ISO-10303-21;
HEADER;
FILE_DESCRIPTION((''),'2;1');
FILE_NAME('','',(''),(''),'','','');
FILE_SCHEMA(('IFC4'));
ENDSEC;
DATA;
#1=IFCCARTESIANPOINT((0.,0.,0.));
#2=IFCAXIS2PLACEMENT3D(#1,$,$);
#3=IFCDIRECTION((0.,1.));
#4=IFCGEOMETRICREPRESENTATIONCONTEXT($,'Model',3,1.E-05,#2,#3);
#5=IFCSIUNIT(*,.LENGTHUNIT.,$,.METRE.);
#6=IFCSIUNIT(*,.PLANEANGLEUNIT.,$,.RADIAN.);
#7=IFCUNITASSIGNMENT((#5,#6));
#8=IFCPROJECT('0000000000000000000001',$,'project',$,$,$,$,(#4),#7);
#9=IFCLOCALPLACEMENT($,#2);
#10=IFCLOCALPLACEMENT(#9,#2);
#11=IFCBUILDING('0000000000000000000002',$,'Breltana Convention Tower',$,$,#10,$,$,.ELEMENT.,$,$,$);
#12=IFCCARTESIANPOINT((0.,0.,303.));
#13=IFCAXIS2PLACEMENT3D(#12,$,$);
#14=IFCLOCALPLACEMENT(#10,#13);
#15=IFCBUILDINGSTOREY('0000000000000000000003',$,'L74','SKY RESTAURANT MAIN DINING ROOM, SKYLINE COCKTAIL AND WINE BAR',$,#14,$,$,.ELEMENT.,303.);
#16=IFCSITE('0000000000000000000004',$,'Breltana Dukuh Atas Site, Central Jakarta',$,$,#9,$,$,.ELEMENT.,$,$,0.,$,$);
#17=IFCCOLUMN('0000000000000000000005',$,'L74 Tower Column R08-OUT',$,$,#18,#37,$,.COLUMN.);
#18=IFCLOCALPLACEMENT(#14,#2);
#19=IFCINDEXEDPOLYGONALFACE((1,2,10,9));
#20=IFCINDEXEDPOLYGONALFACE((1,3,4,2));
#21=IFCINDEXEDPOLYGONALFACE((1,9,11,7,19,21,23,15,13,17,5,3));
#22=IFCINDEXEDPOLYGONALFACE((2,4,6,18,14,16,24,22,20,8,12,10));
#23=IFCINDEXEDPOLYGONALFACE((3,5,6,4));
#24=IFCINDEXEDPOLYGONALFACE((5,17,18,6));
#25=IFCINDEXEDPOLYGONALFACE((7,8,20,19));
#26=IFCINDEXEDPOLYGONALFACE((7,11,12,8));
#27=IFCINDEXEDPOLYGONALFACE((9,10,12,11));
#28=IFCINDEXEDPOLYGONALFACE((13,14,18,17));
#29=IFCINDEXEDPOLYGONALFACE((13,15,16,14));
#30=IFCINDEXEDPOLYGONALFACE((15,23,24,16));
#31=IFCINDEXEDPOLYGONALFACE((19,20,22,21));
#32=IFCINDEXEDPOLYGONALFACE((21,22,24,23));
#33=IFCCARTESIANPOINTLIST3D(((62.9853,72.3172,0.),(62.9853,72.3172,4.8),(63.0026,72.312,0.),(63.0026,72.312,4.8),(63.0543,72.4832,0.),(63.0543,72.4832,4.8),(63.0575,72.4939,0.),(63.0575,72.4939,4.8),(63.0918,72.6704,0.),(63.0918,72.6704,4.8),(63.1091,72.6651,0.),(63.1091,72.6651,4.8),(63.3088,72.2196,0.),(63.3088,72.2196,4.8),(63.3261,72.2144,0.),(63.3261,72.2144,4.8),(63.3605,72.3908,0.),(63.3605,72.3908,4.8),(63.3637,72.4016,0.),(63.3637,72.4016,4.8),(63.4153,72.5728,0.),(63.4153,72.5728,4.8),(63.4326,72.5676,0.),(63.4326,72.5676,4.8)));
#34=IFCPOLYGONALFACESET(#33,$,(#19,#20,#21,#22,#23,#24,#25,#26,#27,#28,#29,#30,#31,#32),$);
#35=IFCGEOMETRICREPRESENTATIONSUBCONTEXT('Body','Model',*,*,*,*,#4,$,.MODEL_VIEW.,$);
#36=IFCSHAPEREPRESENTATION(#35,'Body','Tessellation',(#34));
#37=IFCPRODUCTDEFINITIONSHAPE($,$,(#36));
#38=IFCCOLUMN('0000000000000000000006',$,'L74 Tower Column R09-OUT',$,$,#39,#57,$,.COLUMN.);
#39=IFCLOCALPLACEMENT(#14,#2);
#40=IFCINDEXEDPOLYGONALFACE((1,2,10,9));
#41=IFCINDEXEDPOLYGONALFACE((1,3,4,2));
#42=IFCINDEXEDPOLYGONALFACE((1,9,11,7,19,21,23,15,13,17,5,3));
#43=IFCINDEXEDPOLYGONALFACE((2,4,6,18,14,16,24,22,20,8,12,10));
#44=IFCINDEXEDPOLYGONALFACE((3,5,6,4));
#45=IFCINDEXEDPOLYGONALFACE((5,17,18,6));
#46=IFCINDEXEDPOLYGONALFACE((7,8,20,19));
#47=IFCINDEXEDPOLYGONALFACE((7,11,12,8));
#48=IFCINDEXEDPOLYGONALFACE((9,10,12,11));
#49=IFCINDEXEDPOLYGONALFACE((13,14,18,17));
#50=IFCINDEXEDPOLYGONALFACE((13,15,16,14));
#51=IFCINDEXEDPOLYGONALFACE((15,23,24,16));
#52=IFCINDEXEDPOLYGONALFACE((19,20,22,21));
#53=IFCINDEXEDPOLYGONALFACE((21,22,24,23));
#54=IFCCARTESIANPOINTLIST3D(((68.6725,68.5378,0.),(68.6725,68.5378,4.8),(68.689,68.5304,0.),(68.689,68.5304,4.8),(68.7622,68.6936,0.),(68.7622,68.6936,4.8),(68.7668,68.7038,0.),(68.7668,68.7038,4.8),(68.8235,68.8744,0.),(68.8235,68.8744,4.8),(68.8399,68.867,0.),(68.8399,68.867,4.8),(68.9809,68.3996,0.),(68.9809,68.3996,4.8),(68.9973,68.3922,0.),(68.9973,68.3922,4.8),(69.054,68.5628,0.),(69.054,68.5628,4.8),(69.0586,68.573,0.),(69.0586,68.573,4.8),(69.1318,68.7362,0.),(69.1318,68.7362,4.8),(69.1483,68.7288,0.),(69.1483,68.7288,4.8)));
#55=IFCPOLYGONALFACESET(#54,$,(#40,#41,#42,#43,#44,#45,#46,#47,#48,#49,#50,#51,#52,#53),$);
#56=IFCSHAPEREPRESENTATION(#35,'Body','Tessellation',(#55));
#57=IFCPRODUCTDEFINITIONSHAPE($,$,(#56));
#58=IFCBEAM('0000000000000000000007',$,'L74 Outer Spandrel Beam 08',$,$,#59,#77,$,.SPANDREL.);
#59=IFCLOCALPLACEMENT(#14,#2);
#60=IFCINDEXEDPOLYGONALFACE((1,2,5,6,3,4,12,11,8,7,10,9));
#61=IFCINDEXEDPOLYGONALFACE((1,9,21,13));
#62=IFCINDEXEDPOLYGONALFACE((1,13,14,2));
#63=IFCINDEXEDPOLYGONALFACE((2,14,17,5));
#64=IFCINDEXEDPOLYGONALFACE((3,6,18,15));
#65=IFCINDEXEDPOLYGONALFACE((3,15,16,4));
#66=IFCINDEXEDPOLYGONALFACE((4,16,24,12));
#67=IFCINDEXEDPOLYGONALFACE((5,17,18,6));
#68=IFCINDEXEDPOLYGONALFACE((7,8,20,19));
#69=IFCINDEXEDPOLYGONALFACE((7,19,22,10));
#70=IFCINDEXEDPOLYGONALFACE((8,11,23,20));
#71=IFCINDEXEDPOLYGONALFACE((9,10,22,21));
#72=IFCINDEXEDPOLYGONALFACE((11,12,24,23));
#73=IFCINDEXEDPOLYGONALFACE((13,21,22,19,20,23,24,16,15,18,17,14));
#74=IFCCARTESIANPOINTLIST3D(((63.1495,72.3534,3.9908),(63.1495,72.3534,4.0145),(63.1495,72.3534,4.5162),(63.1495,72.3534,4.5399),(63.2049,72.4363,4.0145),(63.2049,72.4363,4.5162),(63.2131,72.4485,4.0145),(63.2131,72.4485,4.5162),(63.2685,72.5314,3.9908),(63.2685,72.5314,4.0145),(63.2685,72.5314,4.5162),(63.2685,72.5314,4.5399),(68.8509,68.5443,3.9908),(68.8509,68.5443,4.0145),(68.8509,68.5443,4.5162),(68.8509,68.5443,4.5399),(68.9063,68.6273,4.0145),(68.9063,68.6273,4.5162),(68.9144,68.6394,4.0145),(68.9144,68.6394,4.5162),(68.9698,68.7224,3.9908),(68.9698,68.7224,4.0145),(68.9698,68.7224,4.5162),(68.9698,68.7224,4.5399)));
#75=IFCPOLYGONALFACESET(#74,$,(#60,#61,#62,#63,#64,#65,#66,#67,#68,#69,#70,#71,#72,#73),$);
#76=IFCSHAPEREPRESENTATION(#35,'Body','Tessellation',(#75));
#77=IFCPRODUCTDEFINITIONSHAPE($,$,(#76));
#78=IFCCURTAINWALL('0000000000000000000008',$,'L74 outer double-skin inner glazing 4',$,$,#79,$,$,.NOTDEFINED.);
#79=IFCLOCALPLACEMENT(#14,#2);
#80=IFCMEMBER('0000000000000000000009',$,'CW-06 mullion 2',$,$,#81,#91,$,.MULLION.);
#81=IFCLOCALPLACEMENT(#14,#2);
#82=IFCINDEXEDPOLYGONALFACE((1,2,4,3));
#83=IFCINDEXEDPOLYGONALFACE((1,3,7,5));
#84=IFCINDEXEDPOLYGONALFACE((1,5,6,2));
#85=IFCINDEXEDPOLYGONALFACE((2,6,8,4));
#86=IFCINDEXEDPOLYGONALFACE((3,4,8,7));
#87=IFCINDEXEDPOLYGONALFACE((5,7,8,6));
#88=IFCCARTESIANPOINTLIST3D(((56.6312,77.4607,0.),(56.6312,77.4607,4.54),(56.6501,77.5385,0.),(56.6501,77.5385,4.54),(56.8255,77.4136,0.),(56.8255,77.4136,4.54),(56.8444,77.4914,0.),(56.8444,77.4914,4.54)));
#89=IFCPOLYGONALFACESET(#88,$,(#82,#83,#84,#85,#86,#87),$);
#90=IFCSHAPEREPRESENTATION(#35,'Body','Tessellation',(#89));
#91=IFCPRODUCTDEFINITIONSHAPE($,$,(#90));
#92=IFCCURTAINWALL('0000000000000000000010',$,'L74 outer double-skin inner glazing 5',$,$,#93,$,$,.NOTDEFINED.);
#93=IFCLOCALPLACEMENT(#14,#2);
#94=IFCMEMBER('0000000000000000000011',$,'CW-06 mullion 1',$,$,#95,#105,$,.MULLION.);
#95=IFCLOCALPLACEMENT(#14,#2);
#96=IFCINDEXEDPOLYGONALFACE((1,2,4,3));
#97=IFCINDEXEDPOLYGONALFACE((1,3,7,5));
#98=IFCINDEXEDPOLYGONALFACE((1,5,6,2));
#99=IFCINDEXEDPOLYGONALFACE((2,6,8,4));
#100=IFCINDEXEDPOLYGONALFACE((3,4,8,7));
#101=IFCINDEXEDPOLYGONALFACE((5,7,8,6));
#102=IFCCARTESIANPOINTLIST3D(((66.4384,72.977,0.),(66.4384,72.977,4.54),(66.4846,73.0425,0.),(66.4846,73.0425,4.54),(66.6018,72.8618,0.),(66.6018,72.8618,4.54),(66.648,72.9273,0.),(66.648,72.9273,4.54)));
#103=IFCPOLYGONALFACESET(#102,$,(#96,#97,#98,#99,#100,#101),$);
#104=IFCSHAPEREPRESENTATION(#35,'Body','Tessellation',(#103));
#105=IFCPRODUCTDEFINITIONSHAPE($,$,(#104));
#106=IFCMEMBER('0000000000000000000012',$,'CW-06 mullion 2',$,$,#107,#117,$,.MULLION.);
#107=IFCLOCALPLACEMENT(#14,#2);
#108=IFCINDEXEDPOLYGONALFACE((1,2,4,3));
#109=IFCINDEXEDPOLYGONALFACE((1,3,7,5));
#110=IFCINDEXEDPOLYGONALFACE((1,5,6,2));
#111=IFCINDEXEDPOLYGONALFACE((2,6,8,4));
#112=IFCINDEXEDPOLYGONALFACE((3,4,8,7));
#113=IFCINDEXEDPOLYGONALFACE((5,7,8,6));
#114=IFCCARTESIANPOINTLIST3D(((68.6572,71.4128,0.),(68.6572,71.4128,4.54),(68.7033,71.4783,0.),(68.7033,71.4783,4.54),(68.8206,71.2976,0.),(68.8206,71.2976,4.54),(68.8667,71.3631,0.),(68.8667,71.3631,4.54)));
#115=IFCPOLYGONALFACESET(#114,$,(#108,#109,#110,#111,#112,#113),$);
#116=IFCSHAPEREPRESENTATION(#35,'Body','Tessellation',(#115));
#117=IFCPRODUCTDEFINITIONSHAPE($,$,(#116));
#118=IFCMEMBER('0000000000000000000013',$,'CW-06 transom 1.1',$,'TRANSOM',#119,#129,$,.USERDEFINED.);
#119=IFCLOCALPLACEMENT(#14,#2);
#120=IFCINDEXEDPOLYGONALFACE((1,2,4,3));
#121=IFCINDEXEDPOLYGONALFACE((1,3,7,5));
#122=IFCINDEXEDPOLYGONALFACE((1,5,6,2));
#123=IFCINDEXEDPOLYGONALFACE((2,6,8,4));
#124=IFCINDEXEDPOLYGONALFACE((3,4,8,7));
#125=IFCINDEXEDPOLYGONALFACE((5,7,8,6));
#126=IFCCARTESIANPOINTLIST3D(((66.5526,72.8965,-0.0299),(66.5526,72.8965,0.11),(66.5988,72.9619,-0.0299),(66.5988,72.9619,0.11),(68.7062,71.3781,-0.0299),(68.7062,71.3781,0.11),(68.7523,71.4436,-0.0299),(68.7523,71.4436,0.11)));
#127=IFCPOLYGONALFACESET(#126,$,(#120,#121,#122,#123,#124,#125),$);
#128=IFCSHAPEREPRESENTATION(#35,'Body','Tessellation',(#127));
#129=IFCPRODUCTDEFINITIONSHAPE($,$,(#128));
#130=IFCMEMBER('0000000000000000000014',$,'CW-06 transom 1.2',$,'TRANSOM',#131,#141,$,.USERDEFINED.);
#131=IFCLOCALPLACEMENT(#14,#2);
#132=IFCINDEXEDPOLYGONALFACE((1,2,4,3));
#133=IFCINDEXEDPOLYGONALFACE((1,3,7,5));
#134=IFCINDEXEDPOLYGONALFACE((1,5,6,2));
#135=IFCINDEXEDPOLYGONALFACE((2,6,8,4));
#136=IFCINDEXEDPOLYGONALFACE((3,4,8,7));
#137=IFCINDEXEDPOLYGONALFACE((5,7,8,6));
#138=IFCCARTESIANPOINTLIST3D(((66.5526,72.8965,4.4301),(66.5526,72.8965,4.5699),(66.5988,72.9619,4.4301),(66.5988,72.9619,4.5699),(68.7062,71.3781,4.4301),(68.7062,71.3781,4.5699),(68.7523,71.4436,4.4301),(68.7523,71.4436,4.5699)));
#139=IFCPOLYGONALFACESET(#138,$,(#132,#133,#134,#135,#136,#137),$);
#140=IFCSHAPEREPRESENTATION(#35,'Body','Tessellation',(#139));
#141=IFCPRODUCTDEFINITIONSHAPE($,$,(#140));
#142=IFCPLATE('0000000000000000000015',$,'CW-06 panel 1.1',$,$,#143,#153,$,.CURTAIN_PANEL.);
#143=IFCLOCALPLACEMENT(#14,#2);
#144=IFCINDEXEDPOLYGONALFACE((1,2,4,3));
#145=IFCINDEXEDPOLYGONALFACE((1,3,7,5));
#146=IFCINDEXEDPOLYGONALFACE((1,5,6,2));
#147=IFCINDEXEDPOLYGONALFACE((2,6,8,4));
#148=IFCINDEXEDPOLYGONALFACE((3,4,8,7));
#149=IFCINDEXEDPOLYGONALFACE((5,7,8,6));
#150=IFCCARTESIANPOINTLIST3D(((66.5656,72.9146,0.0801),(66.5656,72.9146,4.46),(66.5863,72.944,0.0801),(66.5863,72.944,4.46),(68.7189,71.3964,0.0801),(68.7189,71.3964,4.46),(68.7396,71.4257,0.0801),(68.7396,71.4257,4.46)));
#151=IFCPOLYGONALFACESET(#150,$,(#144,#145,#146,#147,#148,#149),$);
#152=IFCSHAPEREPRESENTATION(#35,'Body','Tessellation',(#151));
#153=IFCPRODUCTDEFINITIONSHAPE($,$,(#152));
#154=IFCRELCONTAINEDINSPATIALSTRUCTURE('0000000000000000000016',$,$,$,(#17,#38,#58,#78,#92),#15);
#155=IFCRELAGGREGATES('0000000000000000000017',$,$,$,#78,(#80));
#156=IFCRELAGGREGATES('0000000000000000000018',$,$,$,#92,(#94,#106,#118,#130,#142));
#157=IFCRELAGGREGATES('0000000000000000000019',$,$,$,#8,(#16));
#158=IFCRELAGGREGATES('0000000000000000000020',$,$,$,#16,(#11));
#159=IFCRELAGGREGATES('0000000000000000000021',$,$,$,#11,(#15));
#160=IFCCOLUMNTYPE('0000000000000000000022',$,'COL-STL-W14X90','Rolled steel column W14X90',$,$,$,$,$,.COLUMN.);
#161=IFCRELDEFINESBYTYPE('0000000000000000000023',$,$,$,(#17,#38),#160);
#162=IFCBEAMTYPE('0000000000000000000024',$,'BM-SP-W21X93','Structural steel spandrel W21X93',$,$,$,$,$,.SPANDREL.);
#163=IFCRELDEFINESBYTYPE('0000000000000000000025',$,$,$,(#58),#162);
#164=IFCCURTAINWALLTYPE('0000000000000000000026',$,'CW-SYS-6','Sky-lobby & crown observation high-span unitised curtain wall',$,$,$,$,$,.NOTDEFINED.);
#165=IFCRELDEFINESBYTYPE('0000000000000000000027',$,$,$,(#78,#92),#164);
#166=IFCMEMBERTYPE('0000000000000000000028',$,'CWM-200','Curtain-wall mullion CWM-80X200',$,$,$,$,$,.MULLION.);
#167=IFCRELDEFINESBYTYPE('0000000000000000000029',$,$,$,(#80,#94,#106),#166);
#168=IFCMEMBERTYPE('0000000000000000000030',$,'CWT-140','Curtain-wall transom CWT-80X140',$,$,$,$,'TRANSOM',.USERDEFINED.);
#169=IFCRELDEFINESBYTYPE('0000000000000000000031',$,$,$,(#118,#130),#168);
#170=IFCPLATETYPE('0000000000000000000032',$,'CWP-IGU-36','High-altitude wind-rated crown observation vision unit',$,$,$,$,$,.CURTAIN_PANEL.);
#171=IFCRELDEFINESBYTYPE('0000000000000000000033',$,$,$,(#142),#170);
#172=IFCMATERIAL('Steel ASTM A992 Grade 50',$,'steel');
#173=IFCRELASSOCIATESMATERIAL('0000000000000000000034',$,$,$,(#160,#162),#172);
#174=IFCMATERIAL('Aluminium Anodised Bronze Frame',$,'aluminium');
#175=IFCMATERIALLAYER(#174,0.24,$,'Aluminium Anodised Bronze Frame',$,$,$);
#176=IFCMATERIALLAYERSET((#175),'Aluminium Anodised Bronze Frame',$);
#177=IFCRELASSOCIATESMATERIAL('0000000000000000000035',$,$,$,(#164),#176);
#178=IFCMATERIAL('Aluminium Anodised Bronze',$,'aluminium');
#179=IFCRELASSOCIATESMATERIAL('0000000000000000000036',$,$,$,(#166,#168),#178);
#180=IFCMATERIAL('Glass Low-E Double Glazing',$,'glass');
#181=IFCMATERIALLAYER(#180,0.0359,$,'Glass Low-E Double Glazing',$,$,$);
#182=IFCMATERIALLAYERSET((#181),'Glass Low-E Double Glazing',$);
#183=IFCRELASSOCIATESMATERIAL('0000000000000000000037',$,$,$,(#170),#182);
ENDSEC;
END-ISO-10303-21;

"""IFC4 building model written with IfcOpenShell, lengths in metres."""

from ifc_helpers import new_model, si_unit, direction, frame, origin, origin_2d, place, context, subcontext, project, spatial, rectangle, i_section, extrude, source, transform, mapped, material, layer, layer_set, material_profile, profile_set, type_object, type_shapes, element, aggregate, save


model = new_model("IFC4")

# Units and contexts
model_context = context("Model", 3, precision=1e-05, world=origin(), true_north=direction((0.0, 1.0)))
body_context = subcontext(model_context, "Body", "Model", "MODEL_VIEW")
ifc_project = project(units=[si_unit("LENGTHUNIT", "METRE"), si_unit("PLANEANGLEUNIT", "RADIAN")], contexts=[model_context])

# Site, building, storey
site_placement = place(None, origin())
site = spatial("IfcSite", under=ifc_project, at=site_placement, Name="Breltana Dukuh Atas Site, Central Jakarta", CompositionType="ELEMENT", RefElevation=0.0)
building_placement = place(site_placement, origin())
building = spatial("IfcBuilding", under=site, at=building_placement, Name="Breltana Convention Tower", CompositionType="ELEMENT")
storey_placement = place(building_placement, frame((0.0, 0.0, 303.0)))
storey = spatial("IfcBuildingStorey", under=building, at=storey_placement, Name="L74", Description="SKY RESTAURANT MAIN DINING ROOM, SKYLINE COCKTAIL AND WINE BAR", CompositionType="ELEMENT", Elevation=303.0)

# Columns
ifc_material_1 = material(Name="Steel ASTM A992 Grade 50", Category="steel")
ifc_material_profile_1 = material_profile(ifc_material_1, i_section(OverallWidth=0.3689, OverallDepth=0.356, WebThickness=0.0112, FlangeThickness=0.0181, at=origin_2d()), Name="W14X90")
ifc_profile_set_1 = profile_set([ifc_material_profile_1], Name="Steel ASTM A992 Grade 50")
column_type = type_object("IfcColumnType", Name="COL-STL-W14X90", Description="Rolled steel column W14X90", PredefinedType="COLUMN", material=ifc_profile_set_1)
shared_shape_1 = source(origin(), body_context, "Body", "SweptSolid", [
    extrude(i_section(OverallWidth=0.3689, OverallDepth=0.356, WebThickness=0.0112, FlangeThickness=0.0181, at=origin_2d()), origin(), (0.0, 0.0, 1.0), 4.8),
])
type_shapes(column_type, [shared_shape_1])
for number, where, z_axis, x_axis, name in (
    (1, (63.209, 72.4424, 0.0), (0.0, 0.0, 1.0), (0.288698, 0.95742, 0.0), "L74 Tower Column R08-OUT"),
    (2, (68.9104, 68.6333, 0.0), (0.0, 0.0, 1.0), (0.409127, 0.912477, 0.0), "L74 Tower Column R09-OUT"),
):
    element("IfcColumn", number, at=place(storey_placement, frame(where, z_axis=z_axis, x_axis=x_axis)), inside=storey, type_object=column_type, Name=name, PredefinedType="COLUMN", context=body_context, shape_type="MappedRepresentation", body=[
        mapped(shared_shape_1, transform((0.0, 0.0, 0.0), scale=1.0)),
    ])

# Beam
ifc_material_profile_2 = material_profile(ifc_material_1, i_section(OverallWidth=0.2141, OverallDepth=0.5491, WebThickness=0.0146, FlangeThickness=0.0237, at=origin_2d()), Name="W21X93")
ifc_profile_set_2 = profile_set([ifc_material_profile_2], Name="Steel ASTM A992 Grade 50")
beam_type = type_object("IfcBeamType", Name="BM-SP-W21X93", Description="Structural steel spandrel W21X93", PredefinedType="SPANDREL", material=ifc_profile_set_2)
shared_shape_2 = source(origin(), body_context, "Body", "SweptSolid", [
    extrude(i_section(OverallWidth=0.2141, OverallDepth=0.5491, WebThickness=0.0146, FlangeThickness=0.0237, at=origin_2d()), origin(), (0.0, 0.0, 1.0), 6.8567),
])
beam_placement = place(storey_placement, frame((63.209, 72.4424, 4.2654), z_axis=(0.831502, -0.555522, 0.0), x_axis=(0.555522, 0.831502, 0.0)))
element("IfcBeam", 3, at=beam_placement, inside=storey, type_object=beam_type, Name="L74 Outer Spandrel Beam 08", PredefinedType="SPANDREL", context=body_context, shape_type="MappedRepresentation", body=[
    mapped(shared_shape_2, transform((0.0, 0.0, 0.0), scale=1.0)),
])

# Curtain wall, member
ifc_material_2 = material(Name="Aluminium Anodised Bronze Frame", Category="aluminium")
ifc_layer_1 = layer(ifc_material_2, 0.24, Name="Aluminium Anodised Bronze Frame")
ifc_layer_set_1 = layer_set([ifc_layer_1], Name="Aluminium Anodised Bronze Frame")
curtain_wall_type = type_object("IfcCurtainWallType", Name="CW-SYS-6", Description="Sky-lobby & crown observation high-span unitised curtain wall", PredefinedType="NOTDEFINED", material=ifc_layer_set_1)
curtain_wall_1_placement = place(storey_placement, origin())
curtain_wall_1 = element("IfcCurtainWall", 4, at=curtain_wall_1_placement, inside=storey, type_object=curtain_wall_type, Name="L74 outer double-skin inner glazing 4", PredefinedType="NOTDEFINED")
ifc_material_3 = material(Name="Aluminium Anodised Bronze", Category="aluminium")
ifc_material_profile_3 = material_profile(ifc_material_3, rectangle(XDim=0.0801, YDim=0.2, at=origin_2d()), Name="CWM-80X200")
ifc_profile_set_3 = profile_set([ifc_material_profile_3], Name="Aluminium Anodised Bronze")
member_type_1 = type_object("IfcMemberType", Name="CWM-200", Description="Curtain-wall mullion CWM-80X200", PredefinedType="MULLION", material=ifc_profile_set_3)
shared_shape_3 = source(origin(), body_context, "Body", "SweptSolid", [
    extrude(rectangle(XDim=0.0801, YDim=0.2, at=origin_2d()), origin(), (0.0, 0.0, 1.0), 4.54),
])
member_1_placement = place(storey_placement, frame((56.7378, 77.4761, 0.0), z_axis=(0.0, 0.0, 1.0), x_axis=(0.235518, 0.97187, 0.0)))
member_1 = element("IfcMember", 5, at=member_1_placement, type_object=member_type_1, Name="CW-06 mullion 2", PredefinedType="MULLION", context=body_context, shape_type="MappedRepresentation", body=[
    mapped(shared_shape_3, transform((0.0, 0.0, 0.0), scale=1.0)),
])
aggregate(curtain_wall_1, [member_1])

# Curtain wall, members, plate
curtain_wall_2_placement = place(storey_placement, origin())
curtain_wall_2 = element("IfcCurtainWall", 6, at=curtain_wall_2_placement, inside=storey, type_object=curtain_wall_type, Name="L74 outer double-skin inner glazing 5", PredefinedType="NOTDEFINED")
member_2_placement = place(storey_placement, frame((66.5432, 72.9521, 0.0), z_axis=(0.0, 0.0, 1.0), x_axis=(0.576235, 0.817284, 0.0)))
member_2 = element("IfcMember", 7, at=member_2_placement, type_object=member_type_1, Name="CW-06 mullion 1", PredefinedType="MULLION", context=body_context, shape_type="MappedRepresentation", body=[
    mapped(shared_shape_3, transform((0.0, 0.0, 0.0), scale=1.0)),
])
member_3_placement = place(storey_placement, frame((68.762, 71.3879, 0.0), z_axis=(0.0, 0.0, 1.0), x_axis=(0.576235, 0.817284, 0.0)))
member_3 = element("IfcMember", 8, at=member_3_placement, type_object=member_type_1, Name="CW-06 mullion 2", PredefinedType="MULLION", context=body_context, shape_type="MappedRepresentation", body=[
    mapped(shared_shape_3, transform((0.0, 0.0, 0.0), scale=1.0)),
])
ifc_material_profile_4 = material_profile(ifc_material_3, rectangle(XDim=0.0801, YDim=0.1399, at=origin_2d()), Name="CWT-80X140")
ifc_profile_set_4 = profile_set([ifc_material_profile_4], Name="Aluminium Anodised Bronze")
member_type_2 = type_object("IfcMemberType", Name="CWT-140", Description="Curtain-wall transom CWT-80X140", ElementType="TRANSOM", PredefinedType="USERDEFINED", material=ifc_profile_set_4)
shared_shape_4 = source(origin(), body_context, "Body", "SweptSolid", [
    extrude(rectangle(XDim=0.0801, YDim=0.1399, at=origin_2d()), origin(), (0.0, 0.0, 1.0), 2.635),
])
member_4_placement = place(storey_placement, frame((66.5757, 72.9292, 0.04), z_axis=(0.817299, -0.576214, 0.0), x_axis=(0.576214, 0.817299, 0.0)))
member_4 = element("IfcMember", 9, at=member_4_placement, type_object=member_type_2, Name="CW-06 transom 1.1", ObjectType="TRANSOM", PredefinedType="USERDEFINED", context=body_context, shape_type="MappedRepresentation", body=[
    mapped(shared_shape_4, transform((0.0, 0.0, 0.0), scale=1.0)),
])
member_5_placement = place(storey_placement, frame((66.5757, 72.9292, 4.5), z_axis=(0.817299, -0.576214, 0.0), x_axis=(0.576214, 0.817299, 0.0)))
member_5 = element("IfcMember", 10, at=member_5_placement, type_object=member_type_2, Name="CW-06 transom 1.2", ObjectType="TRANSOM", PredefinedType="USERDEFINED", context=body_context, shape_type="MappedRepresentation", body=[
    mapped(shared_shape_4, transform((0.0, 0.0, 0.0), scale=1.0)),
])
ifc_material_4 = material(Name="Glass Low-E Double Glazing", Category="glass")
ifc_layer_2 = layer(ifc_material_4, 0.0359, Name="Glass Low-E Double Glazing")
ifc_layer_set_2 = layer_set([ifc_layer_2], Name="Glass Low-E Double Glazing")
plate_type = type_object("IfcPlateType", Name="CWP-IGU-36", Description="High-altitude wind-rated crown observation vision unit", PredefinedType="CURTAIN_PANEL", material=ifc_layer_set_2)
shared_shape_5 = source(origin(), body_context, "Body", "SweptSolid", [
    extrude(rectangle(XDim=2.6348, YDim=0.0359, at=origin_2d()), origin(), (0.0, 0.0, 1.0), 4.3799),
])
plate_placement = place(storey_placement, frame((67.6526, 72.1702, 0.0801), z_axis=(0.0, 0.0, 1.0), x_axis=(0.817284, -0.576235, 0.0)))
plate = element("IfcPlate", 11, at=plate_placement, type_object=plate_type, Name="CW-06 panel 1.1", PredefinedType="CURTAIN_PANEL", context=body_context, shape_type="MappedRepresentation", body=[
    mapped(shared_shape_5, transform((0.0, 0.0, 0.0), scale=1.0)),
])
aggregate(curtain_wall_2, [member_2, member_3, member_4, member_5, plate])

save(model, "model.ifc")
